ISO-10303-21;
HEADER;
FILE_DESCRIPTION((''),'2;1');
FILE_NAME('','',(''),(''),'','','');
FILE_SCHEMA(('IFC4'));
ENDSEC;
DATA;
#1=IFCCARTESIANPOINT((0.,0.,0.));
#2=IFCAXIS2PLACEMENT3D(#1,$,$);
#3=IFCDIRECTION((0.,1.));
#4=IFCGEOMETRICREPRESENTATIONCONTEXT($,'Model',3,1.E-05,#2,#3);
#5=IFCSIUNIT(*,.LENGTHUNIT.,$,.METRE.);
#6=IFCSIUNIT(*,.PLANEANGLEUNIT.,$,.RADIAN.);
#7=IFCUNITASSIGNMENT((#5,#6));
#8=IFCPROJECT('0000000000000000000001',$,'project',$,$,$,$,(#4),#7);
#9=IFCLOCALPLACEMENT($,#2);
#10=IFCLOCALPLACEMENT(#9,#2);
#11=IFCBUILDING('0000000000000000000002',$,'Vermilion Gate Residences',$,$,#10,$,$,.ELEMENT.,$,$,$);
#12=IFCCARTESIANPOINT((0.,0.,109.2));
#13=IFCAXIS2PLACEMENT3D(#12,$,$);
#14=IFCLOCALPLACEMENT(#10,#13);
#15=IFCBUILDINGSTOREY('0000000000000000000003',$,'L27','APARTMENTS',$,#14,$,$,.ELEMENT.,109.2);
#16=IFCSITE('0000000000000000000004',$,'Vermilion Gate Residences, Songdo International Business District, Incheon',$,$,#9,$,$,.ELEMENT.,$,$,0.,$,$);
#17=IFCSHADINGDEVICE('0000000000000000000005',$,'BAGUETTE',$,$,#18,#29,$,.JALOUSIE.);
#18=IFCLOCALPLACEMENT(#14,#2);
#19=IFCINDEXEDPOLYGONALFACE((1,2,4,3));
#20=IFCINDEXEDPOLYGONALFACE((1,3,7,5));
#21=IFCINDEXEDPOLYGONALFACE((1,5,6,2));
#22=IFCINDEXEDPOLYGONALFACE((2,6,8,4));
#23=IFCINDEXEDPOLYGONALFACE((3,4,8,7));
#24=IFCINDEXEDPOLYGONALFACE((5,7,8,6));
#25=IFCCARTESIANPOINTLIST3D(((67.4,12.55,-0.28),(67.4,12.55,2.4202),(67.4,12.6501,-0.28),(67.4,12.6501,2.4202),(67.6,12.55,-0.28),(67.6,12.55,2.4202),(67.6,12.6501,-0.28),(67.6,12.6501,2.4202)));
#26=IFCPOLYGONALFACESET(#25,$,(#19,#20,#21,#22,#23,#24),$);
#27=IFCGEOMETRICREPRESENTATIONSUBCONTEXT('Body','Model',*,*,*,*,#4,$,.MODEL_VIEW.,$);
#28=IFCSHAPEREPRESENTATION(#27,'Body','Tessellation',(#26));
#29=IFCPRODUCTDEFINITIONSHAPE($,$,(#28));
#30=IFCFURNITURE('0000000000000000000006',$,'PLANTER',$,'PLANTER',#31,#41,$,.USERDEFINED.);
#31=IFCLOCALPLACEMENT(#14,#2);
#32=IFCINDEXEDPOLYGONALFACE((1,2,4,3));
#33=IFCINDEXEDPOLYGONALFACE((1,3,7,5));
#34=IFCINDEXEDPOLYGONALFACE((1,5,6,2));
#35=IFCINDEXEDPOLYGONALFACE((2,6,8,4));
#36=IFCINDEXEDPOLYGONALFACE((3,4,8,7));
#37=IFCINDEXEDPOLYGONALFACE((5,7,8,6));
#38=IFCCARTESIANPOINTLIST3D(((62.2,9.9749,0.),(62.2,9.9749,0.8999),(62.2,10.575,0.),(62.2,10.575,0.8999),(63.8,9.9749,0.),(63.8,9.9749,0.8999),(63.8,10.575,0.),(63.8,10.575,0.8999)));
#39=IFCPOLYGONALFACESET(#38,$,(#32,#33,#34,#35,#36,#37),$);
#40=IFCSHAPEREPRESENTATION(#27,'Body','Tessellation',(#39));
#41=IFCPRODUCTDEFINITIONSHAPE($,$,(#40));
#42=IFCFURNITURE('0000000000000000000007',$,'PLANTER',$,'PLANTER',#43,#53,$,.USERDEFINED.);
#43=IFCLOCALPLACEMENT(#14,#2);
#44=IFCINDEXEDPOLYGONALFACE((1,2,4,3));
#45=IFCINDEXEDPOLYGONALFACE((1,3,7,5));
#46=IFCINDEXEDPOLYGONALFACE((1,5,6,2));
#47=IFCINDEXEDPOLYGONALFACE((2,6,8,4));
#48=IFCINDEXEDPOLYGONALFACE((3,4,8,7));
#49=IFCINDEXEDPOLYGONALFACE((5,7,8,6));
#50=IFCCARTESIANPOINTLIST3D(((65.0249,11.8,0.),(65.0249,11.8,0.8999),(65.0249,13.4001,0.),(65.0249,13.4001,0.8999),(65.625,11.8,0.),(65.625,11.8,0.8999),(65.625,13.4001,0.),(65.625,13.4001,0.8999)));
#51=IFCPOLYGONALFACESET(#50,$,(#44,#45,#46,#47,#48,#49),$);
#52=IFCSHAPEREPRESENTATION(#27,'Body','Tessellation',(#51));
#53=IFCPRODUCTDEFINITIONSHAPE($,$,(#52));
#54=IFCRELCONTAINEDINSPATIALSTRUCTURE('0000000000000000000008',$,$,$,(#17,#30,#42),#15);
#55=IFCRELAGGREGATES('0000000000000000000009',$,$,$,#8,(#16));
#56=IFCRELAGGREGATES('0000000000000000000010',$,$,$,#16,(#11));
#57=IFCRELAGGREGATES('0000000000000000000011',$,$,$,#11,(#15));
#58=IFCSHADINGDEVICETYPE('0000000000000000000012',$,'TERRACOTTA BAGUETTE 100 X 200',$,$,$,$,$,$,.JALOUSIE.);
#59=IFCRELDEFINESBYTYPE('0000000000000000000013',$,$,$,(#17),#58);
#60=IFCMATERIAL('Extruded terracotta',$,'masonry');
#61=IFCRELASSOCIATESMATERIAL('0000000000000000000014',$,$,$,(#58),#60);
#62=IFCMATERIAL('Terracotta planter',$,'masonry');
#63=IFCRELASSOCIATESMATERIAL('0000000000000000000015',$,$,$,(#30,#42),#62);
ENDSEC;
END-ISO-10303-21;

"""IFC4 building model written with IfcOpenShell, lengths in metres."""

from ifc_helpers import new_model, si_unit, direction, frame, origin, origin_2d, place, context, subcontext, project, spatial, rectangle, extrude, material, material_profile, profile_set, type_object, element, save


model = new_model("IFC4")

# Units and contexts
model_context = context("Model", 3, precision=1e-05, world=origin(), true_north=direction((0.0, 1.0)))
body_context = subcontext(model_context, "Body", "Model", "MODEL_VIEW")
ifc_project = project(units=[si_unit("LENGTHUNIT", "METRE"), si_unit("PLANEANGLEUNIT", "RADIAN")], contexts=[model_context])

# Site, building, storey
site_placement = place(None, origin())
site = spatial("IfcSite", under=ifc_project, at=site_placement, Name="Vermilion Gate Residences, Songdo International Business District, Incheon", CompositionType="ELEMENT", RefElevation=0.0)
building_placement = place(site_placement, origin())
building = spatial("IfcBuilding", under=site, at=building_placement, Name="Vermilion Gate Residences", CompositionType="ELEMENT")
storey_placement = place(building_placement, frame((0.0, 0.0, 109.2)))
storey = spatial("IfcBuildingStorey", under=building, at=storey_placement, Name="L27", Description="APARTMENTS", CompositionType="ELEMENT", Elevation=109.2)

# Shading device
ifc_material_1 = material(Name="Extruded terracotta", Category="masonry")
ifc_material_profile_1 = material_profile(ifc_material_1, rectangle(XDim=0.2, YDim=0.1001, at=origin_2d()), Name="BAGUETTE 100 X 200")
ifc_profile_set_1 = profile_set([ifc_material_profile_1], Name="Extruded terracotta")
shading_device_type = type_object("IfcShadingDeviceType", Name="TERRACOTTA BAGUETTE 100 X 200", PredefinedType="JALOUSIE", material=ifc_profile_set_1)
for number, where, z_axis, x_axis, name in (
    (1, (67.5, 12.6001, -0.28), (0.0, 0.0, 1.0), (-1.0, 0.0, 0.0), "BAGUETTE"),
):
    element("IfcShadingDevice", number, at=place(storey_placement, frame(where, z_axis=z_axis, x_axis=x_axis)), inside=storey, type_object=shading_device_type, Name=name, PredefinedType="JALOUSIE", context=body_context, shape_type="SweptSolid", body=[
        extrude(rectangle(XDim=0.2, YDim=0.1001, at=origin_2d()), origin(), (0.0, 0.0, 1.0), 2.7002),
    ])

# Furniture
ifc_material_2 = material(Name="Terracotta planter", Category="masonry")
for number, where, z_axis, x_axis, name in (
    (2, (63.0, 10.2749, 0.0), (0.0, 0.0, 1.0), (1.0, 0.0, 0.0), "PLANTER"),
    (3, (65.325, 12.6001, 0.0), (0.0, 0.0, 1.0), (0.0, 1.0, 0.0), "PLANTER"),
):
    element("IfcFurniture", number, at=place(storey_placement, frame(where, z_axis=z_axis, x_axis=x_axis)), inside=storey, material=ifc_material_2, Name=name, ObjectType="PLANTER", PredefinedType="USERDEFINED", context=body_context, shape_type="SweptSolid", body=[
        extrude(rectangle(XDim=1.6001, YDim=0.6001, at=origin_2d()), origin(), (0.0, 0.0, 1.0), 0.8999),
    ])

save(model, "model.ifc")
